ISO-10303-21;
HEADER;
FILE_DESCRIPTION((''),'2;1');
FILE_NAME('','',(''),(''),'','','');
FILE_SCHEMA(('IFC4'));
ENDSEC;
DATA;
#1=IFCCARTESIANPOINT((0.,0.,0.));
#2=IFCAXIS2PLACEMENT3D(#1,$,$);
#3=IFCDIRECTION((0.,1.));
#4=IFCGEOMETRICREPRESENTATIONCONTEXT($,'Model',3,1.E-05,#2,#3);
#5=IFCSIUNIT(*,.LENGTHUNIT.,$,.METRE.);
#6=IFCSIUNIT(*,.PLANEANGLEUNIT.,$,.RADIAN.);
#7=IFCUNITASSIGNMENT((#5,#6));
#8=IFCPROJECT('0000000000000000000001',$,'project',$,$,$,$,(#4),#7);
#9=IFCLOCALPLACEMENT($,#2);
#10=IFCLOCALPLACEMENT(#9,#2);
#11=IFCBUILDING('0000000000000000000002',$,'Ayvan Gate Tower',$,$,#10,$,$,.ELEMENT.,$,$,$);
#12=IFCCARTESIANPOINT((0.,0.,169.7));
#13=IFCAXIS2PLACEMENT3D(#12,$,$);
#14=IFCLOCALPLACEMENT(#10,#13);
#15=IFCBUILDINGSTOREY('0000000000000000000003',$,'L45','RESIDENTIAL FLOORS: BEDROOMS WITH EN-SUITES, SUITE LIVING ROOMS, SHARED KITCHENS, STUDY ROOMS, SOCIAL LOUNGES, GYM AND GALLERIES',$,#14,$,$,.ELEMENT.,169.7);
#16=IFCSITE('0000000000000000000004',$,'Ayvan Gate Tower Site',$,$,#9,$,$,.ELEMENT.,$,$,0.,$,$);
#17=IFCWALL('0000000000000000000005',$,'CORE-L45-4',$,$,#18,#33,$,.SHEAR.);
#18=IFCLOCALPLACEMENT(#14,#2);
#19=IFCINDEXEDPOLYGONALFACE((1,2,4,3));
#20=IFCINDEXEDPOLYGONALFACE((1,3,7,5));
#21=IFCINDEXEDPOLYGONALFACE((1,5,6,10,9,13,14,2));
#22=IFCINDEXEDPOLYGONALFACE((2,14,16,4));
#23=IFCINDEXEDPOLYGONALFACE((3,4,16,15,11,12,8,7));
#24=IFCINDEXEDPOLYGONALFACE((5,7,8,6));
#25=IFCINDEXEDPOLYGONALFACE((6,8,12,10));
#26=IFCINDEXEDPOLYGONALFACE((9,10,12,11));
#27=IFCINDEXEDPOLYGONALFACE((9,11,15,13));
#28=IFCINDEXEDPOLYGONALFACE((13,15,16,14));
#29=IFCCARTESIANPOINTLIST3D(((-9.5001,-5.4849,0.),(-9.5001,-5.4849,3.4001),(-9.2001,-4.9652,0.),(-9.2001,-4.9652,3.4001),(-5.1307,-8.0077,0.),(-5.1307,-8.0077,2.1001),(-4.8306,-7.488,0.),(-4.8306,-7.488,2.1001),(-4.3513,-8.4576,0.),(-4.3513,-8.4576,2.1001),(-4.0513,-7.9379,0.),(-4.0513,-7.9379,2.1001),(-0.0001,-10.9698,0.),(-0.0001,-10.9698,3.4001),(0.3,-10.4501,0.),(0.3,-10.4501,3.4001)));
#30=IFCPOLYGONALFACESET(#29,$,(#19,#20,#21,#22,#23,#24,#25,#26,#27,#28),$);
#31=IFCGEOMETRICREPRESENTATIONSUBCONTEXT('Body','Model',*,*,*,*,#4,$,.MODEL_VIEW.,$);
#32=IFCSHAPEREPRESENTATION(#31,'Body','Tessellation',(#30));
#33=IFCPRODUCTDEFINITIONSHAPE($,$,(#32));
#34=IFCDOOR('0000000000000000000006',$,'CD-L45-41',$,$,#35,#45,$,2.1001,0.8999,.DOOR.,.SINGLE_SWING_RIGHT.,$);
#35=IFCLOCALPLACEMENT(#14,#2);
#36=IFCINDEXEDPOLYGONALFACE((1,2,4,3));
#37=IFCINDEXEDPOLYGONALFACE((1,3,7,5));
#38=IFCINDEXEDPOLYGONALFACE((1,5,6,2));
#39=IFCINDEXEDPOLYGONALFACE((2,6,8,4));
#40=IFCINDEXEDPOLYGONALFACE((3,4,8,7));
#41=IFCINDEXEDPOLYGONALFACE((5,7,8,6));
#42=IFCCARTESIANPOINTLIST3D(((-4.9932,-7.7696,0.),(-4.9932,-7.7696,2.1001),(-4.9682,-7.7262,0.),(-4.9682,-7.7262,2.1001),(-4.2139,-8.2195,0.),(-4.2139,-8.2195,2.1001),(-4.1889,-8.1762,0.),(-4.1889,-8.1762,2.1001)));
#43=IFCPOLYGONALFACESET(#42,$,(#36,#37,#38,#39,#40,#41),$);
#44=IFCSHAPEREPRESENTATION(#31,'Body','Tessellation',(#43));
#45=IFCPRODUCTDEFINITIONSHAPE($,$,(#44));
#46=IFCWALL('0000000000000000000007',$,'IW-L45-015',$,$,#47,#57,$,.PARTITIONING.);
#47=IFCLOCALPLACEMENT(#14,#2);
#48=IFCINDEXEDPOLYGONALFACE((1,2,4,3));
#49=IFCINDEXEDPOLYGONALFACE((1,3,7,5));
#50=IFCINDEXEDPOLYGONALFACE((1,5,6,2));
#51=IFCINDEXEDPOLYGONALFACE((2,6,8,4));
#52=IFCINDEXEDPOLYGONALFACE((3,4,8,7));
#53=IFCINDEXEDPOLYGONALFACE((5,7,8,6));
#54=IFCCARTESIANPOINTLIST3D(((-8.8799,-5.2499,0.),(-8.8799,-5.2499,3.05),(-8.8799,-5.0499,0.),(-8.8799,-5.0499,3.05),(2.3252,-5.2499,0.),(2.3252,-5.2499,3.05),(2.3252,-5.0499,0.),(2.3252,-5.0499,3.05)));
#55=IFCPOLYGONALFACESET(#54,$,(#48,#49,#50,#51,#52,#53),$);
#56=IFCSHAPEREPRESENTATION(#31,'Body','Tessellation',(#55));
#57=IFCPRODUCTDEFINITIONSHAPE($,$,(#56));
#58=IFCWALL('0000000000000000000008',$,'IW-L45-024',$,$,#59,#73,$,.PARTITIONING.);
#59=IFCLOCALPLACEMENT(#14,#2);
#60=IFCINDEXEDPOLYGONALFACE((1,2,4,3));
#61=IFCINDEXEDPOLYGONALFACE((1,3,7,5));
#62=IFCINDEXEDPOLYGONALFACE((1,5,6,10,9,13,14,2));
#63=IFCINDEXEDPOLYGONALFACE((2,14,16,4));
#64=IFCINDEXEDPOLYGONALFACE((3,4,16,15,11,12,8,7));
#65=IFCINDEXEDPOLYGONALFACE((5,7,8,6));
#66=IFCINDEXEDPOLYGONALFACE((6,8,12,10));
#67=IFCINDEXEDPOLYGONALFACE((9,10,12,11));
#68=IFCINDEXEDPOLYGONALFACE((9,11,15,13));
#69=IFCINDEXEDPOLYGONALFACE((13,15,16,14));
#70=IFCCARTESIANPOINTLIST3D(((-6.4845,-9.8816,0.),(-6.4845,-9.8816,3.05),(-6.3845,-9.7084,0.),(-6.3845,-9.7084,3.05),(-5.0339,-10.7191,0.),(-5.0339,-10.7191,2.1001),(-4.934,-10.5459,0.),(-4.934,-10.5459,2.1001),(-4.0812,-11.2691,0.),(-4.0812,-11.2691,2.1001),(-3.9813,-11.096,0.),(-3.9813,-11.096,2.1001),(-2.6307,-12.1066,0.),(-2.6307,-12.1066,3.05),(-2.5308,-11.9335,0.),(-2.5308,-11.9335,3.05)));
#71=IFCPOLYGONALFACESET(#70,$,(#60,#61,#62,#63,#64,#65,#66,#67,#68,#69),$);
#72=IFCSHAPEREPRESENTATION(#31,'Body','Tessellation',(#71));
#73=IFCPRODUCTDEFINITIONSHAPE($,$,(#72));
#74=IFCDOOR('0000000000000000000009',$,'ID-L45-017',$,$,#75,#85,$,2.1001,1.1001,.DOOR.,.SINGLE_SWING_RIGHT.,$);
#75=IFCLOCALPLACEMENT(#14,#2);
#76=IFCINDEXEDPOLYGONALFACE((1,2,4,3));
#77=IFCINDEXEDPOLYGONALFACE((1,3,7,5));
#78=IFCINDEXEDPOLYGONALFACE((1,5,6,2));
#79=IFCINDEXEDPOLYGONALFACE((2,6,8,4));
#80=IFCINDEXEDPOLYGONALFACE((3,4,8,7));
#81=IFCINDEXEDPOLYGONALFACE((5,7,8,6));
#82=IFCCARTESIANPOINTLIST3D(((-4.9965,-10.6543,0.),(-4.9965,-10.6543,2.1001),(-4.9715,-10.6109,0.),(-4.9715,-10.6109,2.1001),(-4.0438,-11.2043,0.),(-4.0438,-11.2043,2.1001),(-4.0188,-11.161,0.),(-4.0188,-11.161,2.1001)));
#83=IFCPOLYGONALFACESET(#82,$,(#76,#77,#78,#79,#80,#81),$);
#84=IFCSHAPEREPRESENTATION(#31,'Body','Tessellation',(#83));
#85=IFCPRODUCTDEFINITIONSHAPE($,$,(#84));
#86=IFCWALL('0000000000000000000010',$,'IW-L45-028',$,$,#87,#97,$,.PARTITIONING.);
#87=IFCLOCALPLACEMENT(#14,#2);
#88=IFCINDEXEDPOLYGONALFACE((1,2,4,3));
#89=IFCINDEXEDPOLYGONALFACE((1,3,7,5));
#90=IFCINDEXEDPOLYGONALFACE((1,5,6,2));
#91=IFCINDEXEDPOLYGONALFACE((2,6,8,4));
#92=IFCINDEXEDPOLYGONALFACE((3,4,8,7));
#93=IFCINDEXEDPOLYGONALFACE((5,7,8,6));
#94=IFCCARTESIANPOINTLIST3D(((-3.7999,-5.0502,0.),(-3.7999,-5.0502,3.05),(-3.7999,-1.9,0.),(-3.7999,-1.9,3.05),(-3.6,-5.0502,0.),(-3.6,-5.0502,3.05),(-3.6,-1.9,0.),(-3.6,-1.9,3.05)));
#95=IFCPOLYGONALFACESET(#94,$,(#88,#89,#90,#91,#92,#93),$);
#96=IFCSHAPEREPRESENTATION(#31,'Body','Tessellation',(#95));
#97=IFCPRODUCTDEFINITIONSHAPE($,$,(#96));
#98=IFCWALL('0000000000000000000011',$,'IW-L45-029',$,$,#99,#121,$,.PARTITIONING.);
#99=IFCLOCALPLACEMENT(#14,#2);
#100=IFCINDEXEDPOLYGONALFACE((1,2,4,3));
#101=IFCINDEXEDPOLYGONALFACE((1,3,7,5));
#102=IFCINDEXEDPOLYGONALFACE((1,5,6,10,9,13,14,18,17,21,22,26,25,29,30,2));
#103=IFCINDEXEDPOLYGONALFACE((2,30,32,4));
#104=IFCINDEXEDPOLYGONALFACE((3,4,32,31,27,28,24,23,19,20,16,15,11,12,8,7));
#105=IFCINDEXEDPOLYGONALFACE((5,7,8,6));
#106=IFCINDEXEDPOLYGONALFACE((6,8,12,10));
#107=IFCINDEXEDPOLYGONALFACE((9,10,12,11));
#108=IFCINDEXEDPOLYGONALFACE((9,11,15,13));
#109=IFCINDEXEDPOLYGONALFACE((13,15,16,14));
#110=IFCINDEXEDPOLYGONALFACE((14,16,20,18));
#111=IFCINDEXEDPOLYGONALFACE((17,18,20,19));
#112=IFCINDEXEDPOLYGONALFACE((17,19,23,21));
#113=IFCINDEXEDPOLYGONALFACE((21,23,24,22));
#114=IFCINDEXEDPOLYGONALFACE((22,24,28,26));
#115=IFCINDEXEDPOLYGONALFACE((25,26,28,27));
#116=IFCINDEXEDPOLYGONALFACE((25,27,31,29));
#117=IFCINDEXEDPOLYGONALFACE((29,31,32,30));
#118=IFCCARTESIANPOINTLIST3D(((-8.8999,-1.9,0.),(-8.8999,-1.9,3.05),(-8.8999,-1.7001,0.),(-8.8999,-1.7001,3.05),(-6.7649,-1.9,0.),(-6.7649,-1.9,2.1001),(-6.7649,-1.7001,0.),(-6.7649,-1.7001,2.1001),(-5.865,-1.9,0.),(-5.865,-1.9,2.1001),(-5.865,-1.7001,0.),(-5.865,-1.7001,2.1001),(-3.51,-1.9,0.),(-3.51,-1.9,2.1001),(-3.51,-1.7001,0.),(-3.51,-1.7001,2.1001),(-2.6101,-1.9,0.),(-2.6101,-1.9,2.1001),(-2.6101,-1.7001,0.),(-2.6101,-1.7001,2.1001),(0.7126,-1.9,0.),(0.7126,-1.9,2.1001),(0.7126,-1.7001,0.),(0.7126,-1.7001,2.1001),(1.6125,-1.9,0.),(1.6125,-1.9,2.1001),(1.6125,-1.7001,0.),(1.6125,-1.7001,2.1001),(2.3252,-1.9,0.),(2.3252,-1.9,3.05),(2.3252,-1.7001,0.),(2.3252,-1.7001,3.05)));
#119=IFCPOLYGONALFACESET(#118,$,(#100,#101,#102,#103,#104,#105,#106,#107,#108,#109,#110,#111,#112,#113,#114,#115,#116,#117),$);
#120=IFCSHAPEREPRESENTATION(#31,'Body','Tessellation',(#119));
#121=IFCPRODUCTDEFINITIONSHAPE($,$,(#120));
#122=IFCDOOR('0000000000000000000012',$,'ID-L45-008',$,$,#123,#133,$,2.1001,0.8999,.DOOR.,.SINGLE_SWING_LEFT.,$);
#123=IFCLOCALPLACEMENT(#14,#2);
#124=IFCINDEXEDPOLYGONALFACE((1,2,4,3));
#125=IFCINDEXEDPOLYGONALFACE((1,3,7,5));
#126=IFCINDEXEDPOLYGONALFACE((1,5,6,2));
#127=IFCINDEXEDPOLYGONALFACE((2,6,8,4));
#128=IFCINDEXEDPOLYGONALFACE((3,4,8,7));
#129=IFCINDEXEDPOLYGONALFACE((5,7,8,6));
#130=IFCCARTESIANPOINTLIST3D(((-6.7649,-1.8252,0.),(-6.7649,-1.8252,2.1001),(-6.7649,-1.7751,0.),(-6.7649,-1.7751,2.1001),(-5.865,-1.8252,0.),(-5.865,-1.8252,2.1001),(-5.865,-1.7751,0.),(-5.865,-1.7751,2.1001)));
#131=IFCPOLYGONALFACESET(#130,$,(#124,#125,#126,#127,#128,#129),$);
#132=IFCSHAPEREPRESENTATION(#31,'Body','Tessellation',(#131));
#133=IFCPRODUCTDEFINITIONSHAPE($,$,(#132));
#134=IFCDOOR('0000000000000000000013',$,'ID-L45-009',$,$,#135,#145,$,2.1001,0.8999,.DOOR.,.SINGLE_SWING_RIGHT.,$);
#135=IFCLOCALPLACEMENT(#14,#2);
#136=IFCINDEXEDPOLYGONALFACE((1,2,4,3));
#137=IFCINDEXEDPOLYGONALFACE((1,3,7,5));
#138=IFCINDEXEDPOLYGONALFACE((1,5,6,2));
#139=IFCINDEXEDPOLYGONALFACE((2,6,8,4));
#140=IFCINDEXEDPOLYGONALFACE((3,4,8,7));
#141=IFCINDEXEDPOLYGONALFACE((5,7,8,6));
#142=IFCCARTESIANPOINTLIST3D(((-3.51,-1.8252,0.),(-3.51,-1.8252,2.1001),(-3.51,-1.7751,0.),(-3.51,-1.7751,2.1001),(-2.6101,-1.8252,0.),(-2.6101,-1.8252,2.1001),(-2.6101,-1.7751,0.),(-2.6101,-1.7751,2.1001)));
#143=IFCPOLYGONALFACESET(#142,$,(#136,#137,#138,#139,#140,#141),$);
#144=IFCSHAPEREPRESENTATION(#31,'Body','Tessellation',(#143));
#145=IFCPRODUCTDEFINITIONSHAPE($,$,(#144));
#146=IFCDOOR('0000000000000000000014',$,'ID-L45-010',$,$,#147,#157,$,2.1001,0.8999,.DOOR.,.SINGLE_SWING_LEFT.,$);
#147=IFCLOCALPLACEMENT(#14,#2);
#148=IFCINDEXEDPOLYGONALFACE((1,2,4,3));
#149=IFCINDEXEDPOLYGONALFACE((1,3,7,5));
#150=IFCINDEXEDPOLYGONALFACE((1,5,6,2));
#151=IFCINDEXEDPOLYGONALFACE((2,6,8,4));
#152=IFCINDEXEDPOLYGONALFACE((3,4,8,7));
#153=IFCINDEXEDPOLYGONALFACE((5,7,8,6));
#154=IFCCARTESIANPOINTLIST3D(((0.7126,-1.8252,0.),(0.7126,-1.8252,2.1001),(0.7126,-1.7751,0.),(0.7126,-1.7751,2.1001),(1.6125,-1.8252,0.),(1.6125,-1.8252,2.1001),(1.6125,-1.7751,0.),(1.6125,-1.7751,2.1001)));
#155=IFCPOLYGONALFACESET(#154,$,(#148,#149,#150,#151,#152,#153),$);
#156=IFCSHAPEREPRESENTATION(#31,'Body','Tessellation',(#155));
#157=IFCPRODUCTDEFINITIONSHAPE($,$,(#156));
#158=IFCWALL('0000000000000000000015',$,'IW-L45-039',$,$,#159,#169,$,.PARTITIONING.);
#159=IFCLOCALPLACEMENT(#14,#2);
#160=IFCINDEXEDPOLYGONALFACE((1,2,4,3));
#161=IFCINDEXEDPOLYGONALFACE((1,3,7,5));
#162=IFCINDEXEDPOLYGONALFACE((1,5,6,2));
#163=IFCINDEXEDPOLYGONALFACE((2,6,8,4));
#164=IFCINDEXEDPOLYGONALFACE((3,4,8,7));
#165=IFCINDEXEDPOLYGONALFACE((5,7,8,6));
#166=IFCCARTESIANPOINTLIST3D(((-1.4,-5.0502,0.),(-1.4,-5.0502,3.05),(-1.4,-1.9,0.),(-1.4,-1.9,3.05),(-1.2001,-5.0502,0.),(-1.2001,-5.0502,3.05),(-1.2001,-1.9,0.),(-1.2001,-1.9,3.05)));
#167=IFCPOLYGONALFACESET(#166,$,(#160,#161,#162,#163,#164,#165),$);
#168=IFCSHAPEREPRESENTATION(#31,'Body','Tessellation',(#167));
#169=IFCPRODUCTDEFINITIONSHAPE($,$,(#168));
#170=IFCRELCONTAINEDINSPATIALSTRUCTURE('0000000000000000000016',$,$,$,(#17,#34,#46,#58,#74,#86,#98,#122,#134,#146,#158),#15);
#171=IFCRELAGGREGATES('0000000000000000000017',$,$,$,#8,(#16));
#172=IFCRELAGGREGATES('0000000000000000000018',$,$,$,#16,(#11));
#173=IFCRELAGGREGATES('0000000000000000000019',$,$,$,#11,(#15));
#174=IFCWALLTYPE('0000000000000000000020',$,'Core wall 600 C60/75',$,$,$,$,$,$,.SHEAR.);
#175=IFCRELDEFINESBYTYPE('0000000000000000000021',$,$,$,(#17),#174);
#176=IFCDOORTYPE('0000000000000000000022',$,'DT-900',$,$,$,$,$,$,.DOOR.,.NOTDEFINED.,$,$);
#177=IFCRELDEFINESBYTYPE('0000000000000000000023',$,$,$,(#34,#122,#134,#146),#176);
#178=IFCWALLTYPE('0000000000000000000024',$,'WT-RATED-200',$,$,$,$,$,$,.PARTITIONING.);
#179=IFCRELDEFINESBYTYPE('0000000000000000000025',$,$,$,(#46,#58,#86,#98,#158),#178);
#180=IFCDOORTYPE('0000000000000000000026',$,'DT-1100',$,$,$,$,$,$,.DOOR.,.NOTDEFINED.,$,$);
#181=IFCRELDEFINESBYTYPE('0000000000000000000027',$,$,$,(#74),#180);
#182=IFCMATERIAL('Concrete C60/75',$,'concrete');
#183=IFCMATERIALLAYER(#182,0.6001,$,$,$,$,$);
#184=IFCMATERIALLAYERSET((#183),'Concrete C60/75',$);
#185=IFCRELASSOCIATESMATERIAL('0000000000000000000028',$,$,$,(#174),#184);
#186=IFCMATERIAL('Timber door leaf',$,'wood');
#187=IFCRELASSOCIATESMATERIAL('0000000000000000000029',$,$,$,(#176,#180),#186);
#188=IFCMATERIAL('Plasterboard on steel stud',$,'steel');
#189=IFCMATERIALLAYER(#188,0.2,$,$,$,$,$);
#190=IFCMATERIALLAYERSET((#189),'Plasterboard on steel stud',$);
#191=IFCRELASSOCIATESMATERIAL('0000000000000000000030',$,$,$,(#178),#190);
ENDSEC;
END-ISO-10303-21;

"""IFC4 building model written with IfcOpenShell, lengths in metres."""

from ifc_helpers import new_model, si_unit, direction, frame, frame_2d, origin, place, context, subcontext, project, spatial, rectangle, extrude, material, layer, layer_set, type_object, element, fill, save


model = new_model("IFC4")

# Units and contexts
model_context = context("Model", 3, precision=1e-05, world=origin(), true_north=direction((0.0, 1.0)))
body_context = subcontext(model_context, "Body", "Model", "MODEL_VIEW")
ifc_project = project(units=[si_unit("LENGTHUNIT", "METRE"), si_unit("PLANEANGLEUNIT", "RADIAN")], contexts=[model_context])

# Site, building, storey
site_placement = place(None, origin())
site = spatial("IfcSite", under=ifc_project, at=site_placement, Name="Ayvan Gate Tower Site", CompositionType="ELEMENT", RefElevation=0.0)
building_placement = place(site_placement, origin())
building = spatial("IfcBuilding", under=site, at=building_placement, Name="Ayvan Gate Tower", CompositionType="ELEMENT")
storey_placement = place(building_placement, frame((0.0, 0.0, 169.7)))
storey = spatial("IfcBuildingStorey", under=building, at=storey_placement, Name="L45", Description="RESIDENTIAL FLOORS: BEDROOMS WITH EN-SUITES, SUITE LIVING ROOMS, SHARED KITCHENS, STUDY ROOMS, SOCIAL LOUNGES, GYM AND GALLERIES", CompositionType="ELEMENT", Elevation=169.7)

# Wall, opening, door
ifc_material_1 = material(Name="Concrete C60/75", Category="concrete")
ifc_layer_1 = layer(ifc_material_1, 0.6001)
ifc_layer_set_1 = layer_set([ifc_layer_1], Name="Concrete C60/75")
wall_type_1 = type_object("IfcWallType", Name="Core wall 600 C60/75", PredefinedType="SHEAR", material=ifc_layer_set_1)
wall_1_placement = place(storey_placement, frame((-9.3501, -5.2251, 0.0), z_axis=(0.0, 0.0, 1.0), x_axis=(0.866024, -0.500002, 0.0)))
wall_1 = element("IfcWall", 1, at=wall_1_placement, inside=storey, type_object=wall_type_1, Name="CORE-L45-4", PredefinedType="SHEAR", context=body_context, shape_type="SweptSolid", body=[
    extrude(rectangle(XDim=10.9697, YDim=0.6001, at=frame_2d((5.4849, 0.0))), origin(), (0.0, 0.0, 1.0), 3.4001),
])
opening_1_placement = place(wall_1_placement, frame((5.0454, 0.0, 0.0)))
opening_1 = element("IfcOpeningElement", 2, at=opening_1_placement, cuts=wall_1, PredefinedType="OPENING", context=body_context, shape_type="SweptSolid", body=[
    extrude(rectangle(XDim=0.8999, YDim=2.1001, at=frame_2d((0.45, 1.05))), frame((0.0, 0.3101, 0.0), z_axis=(0.0, -1.0, 0.0), x_axis=(1.0, 0.0, 0.0)), (0.0, 0.0, 1.0), 0.6201),
])
ifc_material_2 = material(Name="Timber door leaf", Category="wood")
door_type_1 = type_object("IfcDoorType", Name="DT-900", OperationType="NOTDEFINED", PredefinedType="DOOR", material=ifc_material_2)
door_1_placement = place(opening_1_placement, origin())
door_1 = element("IfcDoor", 3, at=door_1_placement, inside=storey, type_object=door_type_1, Name="CD-L45-41", OperationType="SINGLE_SWING_RIGHT", OverallHeight=2.1001, OverallWidth=0.8999, PredefinedType="DOOR", context=body_context, shape_type="SweptSolid", body=[
    extrude(rectangle(XDim=0.8999, YDim=2.1001, at=frame_2d((0.45, 1.05))), frame((0.0, 0.0249, 0.0), z_axis=(0.0, -1.0, 0.0), x_axis=(1.0, 0.0, 0.0)), (0.0, 0.0, 1.0), 0.05),
])
fill(opening_1, door_1)

# Wall
ifc_material_3 = material(Name="Plasterboard on steel stud", Category="steel")
ifc_layer_2 = layer(ifc_material_3, 0.2)
ifc_layer_set_2 = layer_set([ifc_layer_2], Name="Plasterboard on steel stud")
wall_type_2 = type_object("IfcWallType", Name="WT-RATED-200", PredefinedType="PARTITIONING", material=ifc_layer_set_2)
wall_2_placement = place(storey_placement, frame((-8.8799, -5.1499, 0.0), z_axis=(0.0, 0.0, 1.0), x_axis=(1.0, 0.0, 0.0)))
element("IfcWall", 4, at=wall_2_placement, inside=storey, type_object=wall_type_2, Name="IW-L45-015", PredefinedType="PARTITIONING", context=body_context, shape_type="SweptSolid", body=[
    extrude(rectangle(XDim=11.2051, YDim=0.2, at=frame_2d((5.6025, 0.0))), origin(), (0.0, 0.0, 1.0), 3.05),
])

# Wall, opening, door
wall_3_placement = place(storey_placement, frame((-6.4346, -9.7949, 0.0), z_axis=(0.0, 0.0, 1.0), x_axis=(0.866013, -0.500022, 0.0)))
wall_3 = element("IfcWall", 5, at=wall_3_placement, inside=storey, type_object=wall_type_2, Name="IW-L45-024", PredefinedType="PARTITIONING", context=body_context, shape_type="SweptSolid", body=[
    extrude(rectangle(XDim=4.45, YDim=0.2, at=frame_2d((2.2251, 0.0))), origin(), (0.0, 0.0, 1.0), 3.05),
])
opening_2_placement = place(wall_3_placement, frame((1.675, 0.0, 0.0)))
opening_2 = element("IfcOpeningElement", 6, at=opening_2_placement, cuts=wall_3, PredefinedType="OPENING", context=body_context, shape_type="SweptSolid", body=[
    extrude(rectangle(XDim=1.1001, YDim=2.1001, at=frame_2d((0.55, 1.05))), frame((0.0, 0.1099, 0.0), z_axis=(0.0, -1.0, 0.0), x_axis=(1.0, 0.0, 0.0)), (0.0, 0.0, 1.0), 0.22),
])
door_type_2 = type_object("IfcDoorType", Name="DT-1100", OperationType="NOTDEFINED", PredefinedType="DOOR", material=ifc_material_2)
door_2_placement = place(opening_2_placement, origin())
door_2 = element("IfcDoor", 7, at=door_2_placement, inside=storey, type_object=door_type_2, Name="ID-L45-017", OperationType="SINGLE_SWING_RIGHT", OverallHeight=2.1001, OverallWidth=1.1001, PredefinedType="DOOR", context=body_context, shape_type="SweptSolid", body=[
    extrude(rectangle(XDim=1.1001, YDim=2.1001, at=frame_2d((0.55, 1.05))), frame((0.0, 0.0249, 0.0), z_axis=(0.0, -1.0, 0.0), x_axis=(1.0, 0.0, 0.0)), (0.0, 0.0, 1.0), 0.05),
])
fill(opening_2, door_2)

# Wall
wall_4_placement = place(storey_placement, frame((-3.7, -1.8999, 0.0), z_axis=(0.0, 0.0, 1.0), x_axis=(0.0, -1.0, 0.0)))
element("IfcWall", 8, at=wall_4_placement, inside=storey, type_object=wall_type_2, Name="IW-L45-028", PredefinedType="PARTITIONING", context=body_context, shape_type="SweptSolid", body=[
    extrude(rectangle(XDim=3.1501, YDim=0.2, at=frame_2d((1.5752, 0.0))), origin(), (0.0, 0.0, 1.0), 3.05),
])

# Wall, openings, doors
wall_5_placement = place(storey_placement, frame((-8.8999, -1.8, 0.0), z_axis=(0.0, 0.0, 1.0), x_axis=(1.0, 0.0, 0.0)))
wall_5 = element("IfcWall", 9, at=wall_5_placement, inside=storey, type_object=wall_type_2, Name="IW-L45-029", PredefinedType="PARTITIONING", context=body_context, shape_type="SweptSolid", body=[
    extrude(rectangle(XDim=11.2251, YDim=0.2, at=frame_2d((5.6125, 0.0))), origin(), (0.0, 0.0, 1.0), 3.05),
])
opening_3_placement = place(wall_5_placement, frame((2.135, 0.0, 0.0)))
opening_3 = element("IfcOpeningElement", 10, at=opening_3_placement, cuts=wall_5, PredefinedType="OPENING", context=body_context, shape_type="SweptSolid", body=[
    extrude(rectangle(XDim=0.8999, YDim=2.1001, at=frame_2d((0.45, 1.05))), frame((0.0, 0.1099, 0.0), z_axis=(0.0, -1.0, 0.0), x_axis=(1.0, 0.0, 0.0)), (0.0, 0.0, 1.0), 0.22),
])
opening_4_placement = place(wall_5_placement, frame((5.3899, 0.0, 0.0)))
opening_4 = element("IfcOpeningElement", 11, at=opening_4_placement, cuts=wall_5, PredefinedType="OPENING", context=body_context, shape_type="SweptSolid", body=[
    extrude(rectangle(XDim=0.8999, YDim=2.1001, at=frame_2d((0.45, 1.05))), frame((0.0, 0.1099, 0.0), z_axis=(0.0, -1.0, 0.0), x_axis=(1.0, 0.0, 0.0)), (0.0, 0.0, 1.0), 0.22),
])
opening_5_placement = place(wall_5_placement, frame((9.6125, 0.0, 0.0)))
opening_5 = element("IfcOpeningElement", 12, at=opening_5_placement, cuts=wall_5, PredefinedType="OPENING", context=body_context, shape_type="SweptSolid", body=[
    extrude(rectangle(XDim=0.8999, YDim=2.1001, at=frame_2d((0.45, 1.05))), frame((0.0, 0.1099, 0.0), z_axis=(0.0, -1.0, 0.0), x_axis=(1.0, 0.0, 0.0)), (0.0, 0.0, 1.0), 0.22),
])
door_3_placement = place(opening_3_placement, origin())
door_3 = element("IfcDoor", 13, at=door_3_placement, inside=storey, type_object=door_type_1, Name="ID-L45-008", OperationType="SINGLE_SWING_LEFT", OverallHeight=2.1001, OverallWidth=0.8999, PredefinedType="DOOR", context=body_context, shape_type="SweptSolid", body=[
    extrude(rectangle(XDim=0.8999, YDim=2.1001, at=frame_2d((0.45, 1.05))), frame((0.0, 0.0249, 0.0), z_axis=(0.0, -1.0, 0.0), x_axis=(1.0, 0.0, 0.0)), (0.0, 0.0, 1.0), 0.05),
])
fill(opening_3, door_3)
door_4_placement = place(opening_4_placement, origin())
door_4 = element("IfcDoor", 14, at=door_4_placement, inside=storey, type_object=door_type_1, Name="ID-L45-009", OperationType="SINGLE_SWING_RIGHT", OverallHeight=2.1001, OverallWidth=0.8999, PredefinedType="DOOR", context=body_context, shape_type="SweptSolid", body=[
    extrude(rectangle(XDim=0.8999, YDim=2.1001, at=frame_2d((0.45, 1.05))), frame((0.0, 0.0249, 0.0), z_axis=(0.0, -1.0, 0.0), x_axis=(1.0, 0.0, 0.0)), (0.0, 0.0, 1.0), 0.05),
])
fill(opening_4, door_4)
door_5_placement = place(opening_5_placement, origin())
door_5 = element("IfcDoor", 15, at=door_5_placement, inside=storey, type_object=door_type_1, Name="ID-L45-010", OperationType="SINGLE_SWING_LEFT", OverallHeight=2.1001, OverallWidth=0.8999, PredefinedType="DOOR", context=body_context, shape_type="SweptSolid", body=[
    extrude(rectangle(XDim=0.8999, YDim=2.1001, at=frame_2d((0.45, 1.05))), frame((0.0, 0.0249, 0.0), z_axis=(0.0, -1.0, 0.0), x_axis=(1.0, 0.0, 0.0)), (0.0, 0.0, 1.0), 0.05),
])
fill(opening_5, door_5)

# Wall
wall_6_placement = place(storey_placement, frame((-1.3, -1.8999, 0.0), z_axis=(0.0, 0.0, 1.0), x_axis=(0.0, -1.0, 0.0)))
element("IfcWall", 16, at=wall_6_placement, inside=storey, type_object=wall_type_2, Name="IW-L45-039", PredefinedType="PARTITIONING", context=body_context, shape_type="SweptSolid", body=[
    extrude(rectangle(XDim=3.1501, YDim=0.2, at=frame_2d((1.5752, 0.0))), origin(), (0.0, 0.0, 1.0), 3.05),
])

save(model, "model.ifc")
